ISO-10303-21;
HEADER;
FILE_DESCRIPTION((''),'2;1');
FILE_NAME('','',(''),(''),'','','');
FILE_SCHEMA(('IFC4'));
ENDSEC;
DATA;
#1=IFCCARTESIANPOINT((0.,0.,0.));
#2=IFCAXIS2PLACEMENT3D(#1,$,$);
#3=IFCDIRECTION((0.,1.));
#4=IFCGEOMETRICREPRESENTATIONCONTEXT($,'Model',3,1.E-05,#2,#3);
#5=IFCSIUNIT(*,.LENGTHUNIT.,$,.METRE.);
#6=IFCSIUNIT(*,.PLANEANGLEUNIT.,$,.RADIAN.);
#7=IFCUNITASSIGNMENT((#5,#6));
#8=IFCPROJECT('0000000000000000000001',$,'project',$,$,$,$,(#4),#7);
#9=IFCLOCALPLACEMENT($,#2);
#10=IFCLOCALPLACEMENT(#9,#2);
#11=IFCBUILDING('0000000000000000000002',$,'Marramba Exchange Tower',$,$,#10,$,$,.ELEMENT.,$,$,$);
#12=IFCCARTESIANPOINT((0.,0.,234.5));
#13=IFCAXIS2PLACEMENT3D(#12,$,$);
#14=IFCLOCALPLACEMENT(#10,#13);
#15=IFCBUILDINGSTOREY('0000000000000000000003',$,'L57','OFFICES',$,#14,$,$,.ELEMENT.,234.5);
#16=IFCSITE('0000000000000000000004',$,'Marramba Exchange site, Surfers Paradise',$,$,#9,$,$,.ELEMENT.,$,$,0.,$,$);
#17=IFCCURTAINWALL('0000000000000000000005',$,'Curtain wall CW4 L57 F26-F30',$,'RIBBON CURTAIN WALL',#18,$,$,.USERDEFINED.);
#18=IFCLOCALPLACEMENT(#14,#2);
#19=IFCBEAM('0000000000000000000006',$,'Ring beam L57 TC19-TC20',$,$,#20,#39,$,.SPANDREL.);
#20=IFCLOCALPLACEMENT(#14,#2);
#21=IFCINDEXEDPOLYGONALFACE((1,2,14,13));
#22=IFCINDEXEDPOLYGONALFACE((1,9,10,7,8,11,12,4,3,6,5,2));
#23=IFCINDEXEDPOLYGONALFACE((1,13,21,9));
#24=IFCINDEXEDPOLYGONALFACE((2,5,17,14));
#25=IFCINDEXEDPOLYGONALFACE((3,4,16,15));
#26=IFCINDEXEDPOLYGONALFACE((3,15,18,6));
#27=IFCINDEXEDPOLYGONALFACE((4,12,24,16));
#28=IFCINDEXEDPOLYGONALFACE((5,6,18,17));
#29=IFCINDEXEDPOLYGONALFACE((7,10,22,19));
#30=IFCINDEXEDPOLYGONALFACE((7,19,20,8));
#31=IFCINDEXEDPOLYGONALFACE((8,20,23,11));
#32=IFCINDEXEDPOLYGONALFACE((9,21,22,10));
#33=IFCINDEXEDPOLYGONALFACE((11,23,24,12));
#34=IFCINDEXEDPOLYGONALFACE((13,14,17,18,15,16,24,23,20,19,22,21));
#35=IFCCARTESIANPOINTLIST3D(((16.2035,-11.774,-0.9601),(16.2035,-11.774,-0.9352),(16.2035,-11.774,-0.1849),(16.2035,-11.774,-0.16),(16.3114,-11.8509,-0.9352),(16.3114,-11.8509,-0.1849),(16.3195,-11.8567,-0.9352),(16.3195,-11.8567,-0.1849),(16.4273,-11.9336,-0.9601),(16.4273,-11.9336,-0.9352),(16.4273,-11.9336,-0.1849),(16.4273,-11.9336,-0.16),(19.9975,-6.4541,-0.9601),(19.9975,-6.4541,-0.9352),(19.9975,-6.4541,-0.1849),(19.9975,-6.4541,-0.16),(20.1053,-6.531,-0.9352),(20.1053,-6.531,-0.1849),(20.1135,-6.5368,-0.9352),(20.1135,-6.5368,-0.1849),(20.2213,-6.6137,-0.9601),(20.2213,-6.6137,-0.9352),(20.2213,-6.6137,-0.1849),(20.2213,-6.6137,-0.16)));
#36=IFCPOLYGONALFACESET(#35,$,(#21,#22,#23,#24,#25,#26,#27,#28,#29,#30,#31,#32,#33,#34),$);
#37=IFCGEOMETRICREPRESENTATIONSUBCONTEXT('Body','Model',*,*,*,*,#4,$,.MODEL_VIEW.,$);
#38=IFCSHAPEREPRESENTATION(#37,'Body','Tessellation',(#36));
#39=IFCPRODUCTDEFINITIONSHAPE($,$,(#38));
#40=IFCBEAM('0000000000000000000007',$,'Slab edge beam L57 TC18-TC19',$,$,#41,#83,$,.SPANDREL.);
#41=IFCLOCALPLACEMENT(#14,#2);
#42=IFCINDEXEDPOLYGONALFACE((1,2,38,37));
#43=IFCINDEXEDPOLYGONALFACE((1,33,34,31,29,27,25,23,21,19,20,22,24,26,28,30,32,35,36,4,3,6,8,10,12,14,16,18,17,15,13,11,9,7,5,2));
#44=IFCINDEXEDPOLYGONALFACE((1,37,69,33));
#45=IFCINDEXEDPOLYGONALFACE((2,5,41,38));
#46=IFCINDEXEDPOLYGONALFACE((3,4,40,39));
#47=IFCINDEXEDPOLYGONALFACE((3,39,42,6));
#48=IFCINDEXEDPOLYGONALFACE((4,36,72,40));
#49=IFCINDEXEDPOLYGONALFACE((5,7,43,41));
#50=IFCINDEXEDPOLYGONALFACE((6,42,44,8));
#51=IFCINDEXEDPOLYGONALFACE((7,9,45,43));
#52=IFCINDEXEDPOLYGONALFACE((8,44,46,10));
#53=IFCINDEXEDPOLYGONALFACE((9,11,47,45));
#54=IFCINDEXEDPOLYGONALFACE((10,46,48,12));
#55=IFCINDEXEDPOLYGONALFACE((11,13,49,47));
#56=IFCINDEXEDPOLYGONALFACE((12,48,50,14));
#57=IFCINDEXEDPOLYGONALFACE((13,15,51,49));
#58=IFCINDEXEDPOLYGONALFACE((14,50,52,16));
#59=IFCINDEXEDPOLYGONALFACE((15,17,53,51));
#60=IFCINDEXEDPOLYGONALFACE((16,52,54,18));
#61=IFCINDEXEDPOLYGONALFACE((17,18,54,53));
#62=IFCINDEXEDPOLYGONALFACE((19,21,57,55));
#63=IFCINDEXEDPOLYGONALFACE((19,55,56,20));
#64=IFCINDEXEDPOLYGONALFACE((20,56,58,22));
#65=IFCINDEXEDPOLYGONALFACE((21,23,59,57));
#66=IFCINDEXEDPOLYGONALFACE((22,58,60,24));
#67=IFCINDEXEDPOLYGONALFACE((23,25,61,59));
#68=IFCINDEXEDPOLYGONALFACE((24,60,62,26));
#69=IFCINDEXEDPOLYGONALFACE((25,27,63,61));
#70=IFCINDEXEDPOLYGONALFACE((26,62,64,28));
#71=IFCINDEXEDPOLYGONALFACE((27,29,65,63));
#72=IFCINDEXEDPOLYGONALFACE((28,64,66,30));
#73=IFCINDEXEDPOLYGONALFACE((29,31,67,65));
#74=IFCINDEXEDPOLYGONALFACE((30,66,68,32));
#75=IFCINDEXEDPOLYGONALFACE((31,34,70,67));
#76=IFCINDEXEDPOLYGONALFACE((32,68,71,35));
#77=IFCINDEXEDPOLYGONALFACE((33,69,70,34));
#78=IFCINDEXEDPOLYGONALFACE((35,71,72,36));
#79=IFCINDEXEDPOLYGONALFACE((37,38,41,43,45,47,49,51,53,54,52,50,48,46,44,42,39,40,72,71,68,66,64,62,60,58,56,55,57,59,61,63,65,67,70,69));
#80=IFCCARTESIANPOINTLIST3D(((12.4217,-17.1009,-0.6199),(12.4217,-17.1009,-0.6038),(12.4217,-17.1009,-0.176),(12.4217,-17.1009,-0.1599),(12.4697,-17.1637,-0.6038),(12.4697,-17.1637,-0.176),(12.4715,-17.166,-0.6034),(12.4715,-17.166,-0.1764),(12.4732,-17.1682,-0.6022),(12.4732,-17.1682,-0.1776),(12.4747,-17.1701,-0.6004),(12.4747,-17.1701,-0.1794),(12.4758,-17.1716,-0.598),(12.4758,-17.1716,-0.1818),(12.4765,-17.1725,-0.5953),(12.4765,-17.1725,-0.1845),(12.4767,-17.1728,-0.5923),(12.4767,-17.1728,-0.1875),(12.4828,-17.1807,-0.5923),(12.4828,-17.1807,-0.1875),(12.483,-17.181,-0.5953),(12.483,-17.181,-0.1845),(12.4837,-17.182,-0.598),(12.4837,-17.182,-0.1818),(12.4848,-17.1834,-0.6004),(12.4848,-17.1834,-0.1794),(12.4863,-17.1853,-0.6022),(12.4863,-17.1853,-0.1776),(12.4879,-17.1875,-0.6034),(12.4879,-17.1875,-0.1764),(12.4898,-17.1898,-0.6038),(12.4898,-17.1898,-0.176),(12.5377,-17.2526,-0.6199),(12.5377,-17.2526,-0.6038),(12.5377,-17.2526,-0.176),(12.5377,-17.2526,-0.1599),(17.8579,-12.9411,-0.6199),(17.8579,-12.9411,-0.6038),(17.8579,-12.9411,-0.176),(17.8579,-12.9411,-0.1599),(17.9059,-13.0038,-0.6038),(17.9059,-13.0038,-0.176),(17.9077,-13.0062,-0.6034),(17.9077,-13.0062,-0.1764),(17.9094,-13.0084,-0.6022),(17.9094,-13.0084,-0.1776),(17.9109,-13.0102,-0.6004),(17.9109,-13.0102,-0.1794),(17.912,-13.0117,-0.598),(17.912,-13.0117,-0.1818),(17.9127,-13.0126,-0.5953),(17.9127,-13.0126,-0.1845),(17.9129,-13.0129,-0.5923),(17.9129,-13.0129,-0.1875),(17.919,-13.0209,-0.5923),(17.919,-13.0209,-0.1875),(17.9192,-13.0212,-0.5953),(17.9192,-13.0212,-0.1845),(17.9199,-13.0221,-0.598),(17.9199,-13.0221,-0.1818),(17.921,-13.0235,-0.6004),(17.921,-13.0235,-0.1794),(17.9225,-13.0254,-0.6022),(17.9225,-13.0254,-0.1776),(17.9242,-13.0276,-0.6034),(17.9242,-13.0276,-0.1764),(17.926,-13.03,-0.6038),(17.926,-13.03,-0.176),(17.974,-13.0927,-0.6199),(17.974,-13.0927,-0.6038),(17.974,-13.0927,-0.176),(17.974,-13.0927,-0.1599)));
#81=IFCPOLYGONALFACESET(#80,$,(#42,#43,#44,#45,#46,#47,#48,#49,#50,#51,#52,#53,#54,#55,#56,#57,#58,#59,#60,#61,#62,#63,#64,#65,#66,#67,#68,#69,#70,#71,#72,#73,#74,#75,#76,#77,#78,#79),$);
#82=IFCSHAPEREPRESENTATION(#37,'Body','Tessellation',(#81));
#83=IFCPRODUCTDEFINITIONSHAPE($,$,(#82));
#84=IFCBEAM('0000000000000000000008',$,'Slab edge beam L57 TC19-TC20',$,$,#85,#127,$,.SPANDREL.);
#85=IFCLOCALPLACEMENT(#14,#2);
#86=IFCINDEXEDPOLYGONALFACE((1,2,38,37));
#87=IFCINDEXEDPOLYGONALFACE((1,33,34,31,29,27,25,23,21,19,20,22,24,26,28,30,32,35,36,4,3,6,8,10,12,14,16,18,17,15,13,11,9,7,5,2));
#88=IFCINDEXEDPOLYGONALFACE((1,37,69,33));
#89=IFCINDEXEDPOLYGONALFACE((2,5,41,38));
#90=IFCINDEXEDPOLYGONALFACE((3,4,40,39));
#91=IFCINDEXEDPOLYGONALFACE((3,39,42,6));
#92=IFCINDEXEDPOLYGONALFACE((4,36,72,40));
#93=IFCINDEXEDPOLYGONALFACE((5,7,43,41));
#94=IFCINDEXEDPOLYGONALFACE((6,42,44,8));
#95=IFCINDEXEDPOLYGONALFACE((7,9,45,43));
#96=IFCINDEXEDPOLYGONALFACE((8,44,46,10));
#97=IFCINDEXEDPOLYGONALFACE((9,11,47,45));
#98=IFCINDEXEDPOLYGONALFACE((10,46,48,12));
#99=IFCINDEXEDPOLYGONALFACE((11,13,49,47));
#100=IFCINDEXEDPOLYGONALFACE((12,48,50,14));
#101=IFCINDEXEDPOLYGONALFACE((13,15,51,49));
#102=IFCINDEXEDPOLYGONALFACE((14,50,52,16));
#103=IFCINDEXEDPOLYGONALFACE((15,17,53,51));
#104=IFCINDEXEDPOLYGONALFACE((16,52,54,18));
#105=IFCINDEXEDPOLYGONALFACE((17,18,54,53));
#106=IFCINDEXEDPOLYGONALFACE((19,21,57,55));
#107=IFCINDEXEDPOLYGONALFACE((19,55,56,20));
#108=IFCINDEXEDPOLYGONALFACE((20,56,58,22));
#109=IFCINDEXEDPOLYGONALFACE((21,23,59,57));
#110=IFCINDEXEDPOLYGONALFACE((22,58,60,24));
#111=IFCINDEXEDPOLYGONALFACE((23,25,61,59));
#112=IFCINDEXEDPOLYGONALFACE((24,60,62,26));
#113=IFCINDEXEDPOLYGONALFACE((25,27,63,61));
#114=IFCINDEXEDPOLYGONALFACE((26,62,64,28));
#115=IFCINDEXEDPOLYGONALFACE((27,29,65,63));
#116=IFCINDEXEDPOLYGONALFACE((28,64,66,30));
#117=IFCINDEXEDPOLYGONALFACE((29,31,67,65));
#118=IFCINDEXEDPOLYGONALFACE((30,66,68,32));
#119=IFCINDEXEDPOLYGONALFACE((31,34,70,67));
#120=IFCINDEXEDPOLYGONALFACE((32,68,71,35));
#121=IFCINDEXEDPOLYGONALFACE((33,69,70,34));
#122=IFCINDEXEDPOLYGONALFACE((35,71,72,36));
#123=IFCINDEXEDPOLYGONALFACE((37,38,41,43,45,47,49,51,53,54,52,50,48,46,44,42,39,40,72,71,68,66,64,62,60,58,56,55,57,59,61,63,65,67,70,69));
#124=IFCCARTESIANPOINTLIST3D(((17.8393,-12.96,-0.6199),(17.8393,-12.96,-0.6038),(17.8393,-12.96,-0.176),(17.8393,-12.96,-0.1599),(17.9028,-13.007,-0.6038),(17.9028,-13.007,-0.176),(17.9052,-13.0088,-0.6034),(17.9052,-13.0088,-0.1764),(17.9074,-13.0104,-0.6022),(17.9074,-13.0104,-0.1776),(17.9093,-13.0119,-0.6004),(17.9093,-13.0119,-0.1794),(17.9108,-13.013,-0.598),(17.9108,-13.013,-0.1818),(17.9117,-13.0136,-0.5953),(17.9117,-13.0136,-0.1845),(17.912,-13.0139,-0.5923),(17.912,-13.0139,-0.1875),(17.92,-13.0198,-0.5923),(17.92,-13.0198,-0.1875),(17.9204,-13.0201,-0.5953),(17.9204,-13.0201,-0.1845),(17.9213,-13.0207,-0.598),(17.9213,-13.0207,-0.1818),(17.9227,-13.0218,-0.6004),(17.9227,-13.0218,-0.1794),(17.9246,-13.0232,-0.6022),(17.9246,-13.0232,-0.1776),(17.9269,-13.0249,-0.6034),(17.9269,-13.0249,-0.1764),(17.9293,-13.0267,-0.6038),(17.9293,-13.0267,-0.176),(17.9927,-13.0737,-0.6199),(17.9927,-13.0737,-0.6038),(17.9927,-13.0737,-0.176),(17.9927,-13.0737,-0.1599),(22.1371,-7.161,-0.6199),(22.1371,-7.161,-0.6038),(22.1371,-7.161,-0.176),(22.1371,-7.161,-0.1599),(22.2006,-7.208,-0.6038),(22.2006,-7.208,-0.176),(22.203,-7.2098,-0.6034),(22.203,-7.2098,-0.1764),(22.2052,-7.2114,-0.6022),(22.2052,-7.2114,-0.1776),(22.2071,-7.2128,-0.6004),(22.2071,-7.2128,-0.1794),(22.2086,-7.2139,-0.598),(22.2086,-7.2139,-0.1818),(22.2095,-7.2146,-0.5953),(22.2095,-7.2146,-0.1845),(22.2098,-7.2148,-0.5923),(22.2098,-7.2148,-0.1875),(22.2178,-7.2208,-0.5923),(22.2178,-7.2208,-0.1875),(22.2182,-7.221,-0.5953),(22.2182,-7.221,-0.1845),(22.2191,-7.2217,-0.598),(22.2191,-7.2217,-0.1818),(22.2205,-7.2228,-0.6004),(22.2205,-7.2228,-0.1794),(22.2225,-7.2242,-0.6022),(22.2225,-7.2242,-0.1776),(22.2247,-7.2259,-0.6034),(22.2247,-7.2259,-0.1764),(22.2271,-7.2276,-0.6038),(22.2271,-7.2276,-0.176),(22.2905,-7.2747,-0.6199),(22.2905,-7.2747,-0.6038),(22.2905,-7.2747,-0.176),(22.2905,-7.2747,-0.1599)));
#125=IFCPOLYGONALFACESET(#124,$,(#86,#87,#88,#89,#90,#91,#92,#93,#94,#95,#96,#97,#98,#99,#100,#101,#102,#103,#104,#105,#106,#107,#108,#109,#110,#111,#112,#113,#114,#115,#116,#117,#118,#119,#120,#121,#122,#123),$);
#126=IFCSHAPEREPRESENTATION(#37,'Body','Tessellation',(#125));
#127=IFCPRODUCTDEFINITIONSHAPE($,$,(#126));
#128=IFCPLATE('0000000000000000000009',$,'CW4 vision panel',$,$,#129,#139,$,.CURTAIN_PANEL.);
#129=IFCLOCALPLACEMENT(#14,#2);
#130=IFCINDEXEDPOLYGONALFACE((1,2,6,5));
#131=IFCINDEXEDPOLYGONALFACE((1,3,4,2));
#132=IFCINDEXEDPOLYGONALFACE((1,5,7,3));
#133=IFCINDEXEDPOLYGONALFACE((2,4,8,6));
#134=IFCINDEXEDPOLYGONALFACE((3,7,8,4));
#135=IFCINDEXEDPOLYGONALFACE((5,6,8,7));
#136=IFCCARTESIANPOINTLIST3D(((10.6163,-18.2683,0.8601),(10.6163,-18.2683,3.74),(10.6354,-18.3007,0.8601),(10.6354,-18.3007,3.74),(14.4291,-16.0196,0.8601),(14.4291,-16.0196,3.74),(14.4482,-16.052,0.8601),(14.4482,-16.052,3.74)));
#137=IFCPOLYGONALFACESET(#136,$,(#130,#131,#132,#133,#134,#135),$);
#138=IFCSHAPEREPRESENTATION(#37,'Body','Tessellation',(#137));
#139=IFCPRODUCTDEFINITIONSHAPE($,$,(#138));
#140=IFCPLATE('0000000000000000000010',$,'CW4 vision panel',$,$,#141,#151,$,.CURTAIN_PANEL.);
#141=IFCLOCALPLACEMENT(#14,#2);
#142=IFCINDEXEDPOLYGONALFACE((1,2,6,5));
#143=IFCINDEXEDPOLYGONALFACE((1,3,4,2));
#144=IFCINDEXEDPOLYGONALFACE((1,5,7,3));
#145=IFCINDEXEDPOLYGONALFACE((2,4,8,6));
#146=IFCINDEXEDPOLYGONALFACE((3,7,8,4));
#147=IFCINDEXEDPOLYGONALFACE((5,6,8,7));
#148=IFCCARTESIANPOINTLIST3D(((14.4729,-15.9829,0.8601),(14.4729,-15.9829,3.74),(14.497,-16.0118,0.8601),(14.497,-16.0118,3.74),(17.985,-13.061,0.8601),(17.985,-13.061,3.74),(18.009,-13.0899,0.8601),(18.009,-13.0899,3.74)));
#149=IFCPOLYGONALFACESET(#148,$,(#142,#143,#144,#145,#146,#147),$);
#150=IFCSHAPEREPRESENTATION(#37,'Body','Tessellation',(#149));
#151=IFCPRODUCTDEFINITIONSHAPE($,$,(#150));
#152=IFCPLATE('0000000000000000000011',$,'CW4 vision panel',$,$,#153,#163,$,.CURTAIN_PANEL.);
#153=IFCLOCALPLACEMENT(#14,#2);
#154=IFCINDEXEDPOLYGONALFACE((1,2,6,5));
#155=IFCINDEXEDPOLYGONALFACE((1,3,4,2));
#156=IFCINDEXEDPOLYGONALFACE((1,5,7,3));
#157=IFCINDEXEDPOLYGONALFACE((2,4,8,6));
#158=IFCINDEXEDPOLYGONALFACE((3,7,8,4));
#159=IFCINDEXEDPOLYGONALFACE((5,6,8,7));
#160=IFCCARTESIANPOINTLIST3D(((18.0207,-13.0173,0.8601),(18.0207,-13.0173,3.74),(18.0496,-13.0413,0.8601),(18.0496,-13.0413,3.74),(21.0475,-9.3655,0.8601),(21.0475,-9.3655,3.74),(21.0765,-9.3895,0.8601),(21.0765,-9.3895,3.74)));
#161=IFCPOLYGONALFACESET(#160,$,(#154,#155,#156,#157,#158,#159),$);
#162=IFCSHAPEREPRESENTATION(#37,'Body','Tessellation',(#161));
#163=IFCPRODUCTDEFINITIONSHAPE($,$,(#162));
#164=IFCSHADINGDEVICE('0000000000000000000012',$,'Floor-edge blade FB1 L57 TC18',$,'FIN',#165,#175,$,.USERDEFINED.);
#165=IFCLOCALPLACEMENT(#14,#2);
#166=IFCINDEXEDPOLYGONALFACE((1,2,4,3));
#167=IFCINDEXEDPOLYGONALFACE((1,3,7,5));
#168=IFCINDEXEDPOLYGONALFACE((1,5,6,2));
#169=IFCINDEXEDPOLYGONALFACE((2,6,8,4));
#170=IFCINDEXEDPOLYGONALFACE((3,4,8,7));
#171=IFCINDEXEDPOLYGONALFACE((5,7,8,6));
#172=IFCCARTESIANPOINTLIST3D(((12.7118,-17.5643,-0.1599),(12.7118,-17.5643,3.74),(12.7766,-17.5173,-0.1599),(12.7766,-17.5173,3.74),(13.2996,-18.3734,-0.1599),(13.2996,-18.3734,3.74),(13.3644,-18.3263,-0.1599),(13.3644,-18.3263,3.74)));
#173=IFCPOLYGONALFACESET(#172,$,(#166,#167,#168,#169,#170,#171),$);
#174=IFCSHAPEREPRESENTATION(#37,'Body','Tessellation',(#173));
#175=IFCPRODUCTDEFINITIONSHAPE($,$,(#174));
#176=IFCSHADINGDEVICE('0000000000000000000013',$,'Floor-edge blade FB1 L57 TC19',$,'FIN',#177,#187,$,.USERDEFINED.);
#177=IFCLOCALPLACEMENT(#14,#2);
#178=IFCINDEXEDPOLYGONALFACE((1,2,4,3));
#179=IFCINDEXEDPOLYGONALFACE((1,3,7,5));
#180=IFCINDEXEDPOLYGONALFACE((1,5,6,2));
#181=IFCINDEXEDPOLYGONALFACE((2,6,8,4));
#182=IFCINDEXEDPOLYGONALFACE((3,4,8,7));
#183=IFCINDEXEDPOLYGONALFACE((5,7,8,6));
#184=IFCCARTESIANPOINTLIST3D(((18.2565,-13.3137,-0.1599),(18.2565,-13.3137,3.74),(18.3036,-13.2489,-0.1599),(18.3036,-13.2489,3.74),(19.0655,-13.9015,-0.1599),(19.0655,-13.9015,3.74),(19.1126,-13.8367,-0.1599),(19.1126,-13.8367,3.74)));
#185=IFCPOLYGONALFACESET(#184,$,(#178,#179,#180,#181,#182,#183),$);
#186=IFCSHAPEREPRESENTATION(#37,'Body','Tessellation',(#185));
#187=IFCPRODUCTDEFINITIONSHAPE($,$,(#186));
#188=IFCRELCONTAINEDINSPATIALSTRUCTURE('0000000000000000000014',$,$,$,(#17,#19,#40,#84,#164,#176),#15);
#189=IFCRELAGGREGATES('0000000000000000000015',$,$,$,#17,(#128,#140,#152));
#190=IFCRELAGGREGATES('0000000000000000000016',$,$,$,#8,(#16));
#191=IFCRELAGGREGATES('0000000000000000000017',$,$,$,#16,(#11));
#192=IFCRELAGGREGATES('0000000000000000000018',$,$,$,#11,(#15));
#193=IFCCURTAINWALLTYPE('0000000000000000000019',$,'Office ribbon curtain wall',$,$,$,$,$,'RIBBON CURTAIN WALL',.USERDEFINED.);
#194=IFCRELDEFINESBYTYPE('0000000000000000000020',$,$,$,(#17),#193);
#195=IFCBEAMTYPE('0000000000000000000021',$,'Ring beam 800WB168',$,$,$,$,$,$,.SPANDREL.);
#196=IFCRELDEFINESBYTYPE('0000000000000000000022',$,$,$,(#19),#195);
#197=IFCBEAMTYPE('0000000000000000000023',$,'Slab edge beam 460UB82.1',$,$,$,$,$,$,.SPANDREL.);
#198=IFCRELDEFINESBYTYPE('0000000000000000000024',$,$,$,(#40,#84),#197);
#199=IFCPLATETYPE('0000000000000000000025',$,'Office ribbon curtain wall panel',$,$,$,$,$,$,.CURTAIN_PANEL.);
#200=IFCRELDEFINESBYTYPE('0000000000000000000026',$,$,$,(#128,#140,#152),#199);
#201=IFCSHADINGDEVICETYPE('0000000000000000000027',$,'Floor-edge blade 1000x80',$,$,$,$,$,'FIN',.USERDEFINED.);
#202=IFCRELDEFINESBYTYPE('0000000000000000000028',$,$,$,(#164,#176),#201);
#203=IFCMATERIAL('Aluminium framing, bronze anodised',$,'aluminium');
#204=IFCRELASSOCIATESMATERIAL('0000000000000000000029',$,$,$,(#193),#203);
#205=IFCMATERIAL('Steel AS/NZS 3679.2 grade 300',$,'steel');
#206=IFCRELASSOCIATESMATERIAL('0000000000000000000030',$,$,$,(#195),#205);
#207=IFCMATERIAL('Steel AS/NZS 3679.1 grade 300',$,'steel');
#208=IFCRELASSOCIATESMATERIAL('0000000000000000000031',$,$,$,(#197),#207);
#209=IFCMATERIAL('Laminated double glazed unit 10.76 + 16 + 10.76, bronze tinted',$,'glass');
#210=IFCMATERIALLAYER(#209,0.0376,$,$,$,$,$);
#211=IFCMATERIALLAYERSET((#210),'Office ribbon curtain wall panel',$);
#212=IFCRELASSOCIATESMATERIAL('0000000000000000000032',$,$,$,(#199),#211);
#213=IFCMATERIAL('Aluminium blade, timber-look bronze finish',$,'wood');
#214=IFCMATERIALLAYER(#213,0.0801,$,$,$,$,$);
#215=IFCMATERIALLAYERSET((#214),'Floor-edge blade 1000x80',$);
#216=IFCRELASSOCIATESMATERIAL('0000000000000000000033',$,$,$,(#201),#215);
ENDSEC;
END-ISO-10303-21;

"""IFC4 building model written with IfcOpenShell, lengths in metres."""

from ifc_helpers import new_model, si_unit, direction, frame, origin, origin_2d, place, context, subcontext, project, spatial, rectangle, i_section, extrude, material, layer, layer_set, material_profile, profile_set, type_object, element, aggregate, save


model = new_model("IFC4")

# Units and contexts
model_context = context("Model", 3, precision=1e-05, world=origin(), true_north=direction((0.0, 1.0)))
body_context = subcontext(model_context, "Body", "Model", "MODEL_VIEW")
ifc_project = project(units=[si_unit("LENGTHUNIT", "METRE"), si_unit("PLANEANGLEUNIT", "RADIAN")], contexts=[model_context])

# Site, building, storey
site_placement = place(None, origin())
site = spatial("IfcSite", under=ifc_project, at=site_placement, Name="Marramba Exchange site, Surfers Paradise", CompositionType="ELEMENT", RefElevation=0.0)
building_placement = place(site_placement, origin())
building = spatial("IfcBuilding", under=site, at=building_placement, Name="Marramba Exchange Tower", CompositionType="ELEMENT")
storey_placement = place(building_placement, frame((0.0, 0.0, 234.5)))
storey = spatial("IfcBuildingStorey", under=building, at=storey_placement, Name="L57", Description="OFFICES", CompositionType="ELEMENT", Elevation=234.5)

# Shared definitions
ifc_material_1 = material(Name="Steel AS/NZS 3679.2 grade 300", Category="steel")

# Curtain wall
ifc_material_2 = material(Name="Aluminium framing, bronze anodised", Category="aluminium")
curtain_wall_type = type_object("IfcCurtainWallType", Name="Office ribbon curtain wall", ElementType="RIBBON CURTAIN WALL", PredefinedType="USERDEFINED", material=ifc_material_2)
curtain_wall_placement = place(storey_placement, origin())
curtain_wall = element("IfcCurtainWall", 1, at=curtain_wall_placement, inside=storey, type_object=curtain_wall_type, Name="Curtain wall CW4 L57 F26-F30", ObjectType="RIBBON CURTAIN WALL", PredefinedType="USERDEFINED")

# Beams
ifc_material_profile_1 = material_profile(ifc_material_1, i_section(OverallWidth=0.2749, OverallDepth=0.8, WebThickness=0.01, FlangeThickness=0.0249, at=origin_2d()), Name="800WB168")
ifc_profile_set_1 = profile_set([ifc_material_profile_1], Name="Steel AS/NZS 3679.2 grade 300")
beam_type_1 = type_object("IfcBeamType", Name="Ring beam 800WB168", PredefinedType="SPANDREL", material=ifc_profile_set_1)
beam_1_placement = place(storey_placement, frame((16.3154, -11.8538, -0.5601), z_axis=(0.580637, 0.814162, 0.0), x_axis=(-0.814162, 0.580637, 0.0)))
element("IfcBeam", 2, at=beam_1_placement, inside=storey, type_object=beam_type_1, Name="Ring beam L57 TC19-TC20", PredefinedType="SPANDREL", context=body_context, shape_type="SweptSolid", body=[
    extrude(i_section(OverallWidth=0.2749, OverallDepth=0.8, WebThickness=0.01, FlangeThickness=0.0249, at=origin_2d()), origin(), (0.0, 0.0, 1.0), 6.5342),
])
ifc_material_3 = material(Name="Steel AS/NZS 3679.1 grade 300", Category="steel")
ifc_material_profile_2 = material_profile(ifc_material_3, i_section(OverallWidth=0.1909, OverallDepth=0.46, WebThickness=0.01, FlangeThickness=0.0161, FilletRadius=0.0115, at=origin_2d()), Name="460UB82.1")
ifc_profile_set_2 = profile_set([ifc_material_profile_2], Name="Steel AS/NZS 3679.1 grade 300")
beam_type_2 = type_object("IfcBeamType", Name="Slab edge beam 460UB82.1", PredefinedType="SPANDREL", material=ifc_profile_set_2)
beam_2_placement = place(storey_placement, frame((12.4797, -17.1768, -0.3899), z_axis=(0.794163, 0.607704, 0.0), x_axis=(-0.607704, 0.794163, 0.0)))
element("IfcBeam", 3, at=beam_2_placement, inside=storey, type_object=beam_type_2, Name="Slab edge beam L57 TC18-TC19", PredefinedType="SPANDREL", context=body_context, shape_type="SweptSolid", body=[
    extrude(i_section(OverallWidth=0.1909, OverallDepth=0.46, WebThickness=0.01, FlangeThickness=0.0161, FilletRadius=0.0115, at=origin_2d()), origin(), (0.0, 0.0, 1.0), 6.8452),
])
beam_3_placement = place(storey_placement, frame((17.916, -13.0168, -0.3899), z_axis=(0.595428, 0.803409, 0.0), x_axis=(-0.803409, 0.595428, 0.0)))
element("IfcBeam", 4, at=beam_3_placement, inside=storey, type_object=beam_type_2, Name="Slab edge beam L57 TC19-TC20", PredefinedType="SPANDREL", context=body_context, shape_type="SweptSolid", body=[
    extrude(i_section(OverallWidth=0.1909, OverallDepth=0.46, WebThickness=0.01, FlangeThickness=0.0161, FilletRadius=0.0115, at=origin_2d()), origin(), (0.0, 0.0, 1.0), 7.218),
])

# Plates
ifc_material_4 = material(Name="Laminated double glazed unit 10.76 + 16 + 10.76, bronze tinted", Category="glass")
ifc_layer_1 = layer(ifc_material_4, 0.0376)
ifc_layer_set_1 = layer_set([ifc_layer_1], Name="Office ribbon curtain wall panel")
plate_type = type_object("IfcPlateType", Name="Office ribbon curtain wall panel", PredefinedType="CURTAIN_PANEL", material=ifc_layer_set_1)
plate_1_placement = place(storey_placement, frame((12.5322, -17.1602, 0.8601), z_axis=(0.0, 0.0, 1.0), x_axis=(0.861351, 0.508011, 0.0)))
plate_1 = element("IfcPlate", 5, at=plate_1_placement, type_object=plate_type, Name="CW4 vision panel", PredefinedType="CURTAIN_PANEL", context=body_context, shape_type="SweptSolid", body=[
    extrude(rectangle(XDim=4.4265, YDim=0.0376, at=origin_2d()), origin(), (0.0, 0.0, 1.0), 2.8799),
])
plate_2_placement = place(storey_placement, frame((16.241, -14.5364, 0.8601), z_axis=(0.0, 0.0, 1.0), x_axis=(0.768737, 0.639565, 0.0)))
plate_2 = element("IfcPlate", 6, at=plate_2_placement, type_object=plate_type, Name="CW4 vision panel", PredefinedType="CURTAIN_PANEL", context=body_context, shape_type="SweptSolid", body=[
    extrude(rectangle(XDim=4.5686, YDim=0.0376, at=origin_2d()), origin(), (0.0, 0.0, 1.0), 2.8799),
])
plate_3_placement = place(storey_placement, frame((19.5486, -11.2034, 0.8601), z_axis=(0.0, 0.0, 1.0), x_axis=(0.63815, 0.769912, 0.0)))
plate_3 = element("IfcPlate", 7, at=plate_3_placement, type_object=plate_type, Name="CW4 vision panel", PredefinedType="CURTAIN_PANEL", context=body_context, shape_type="SweptSolid", body=[
    extrude(rectangle(XDim=4.7432, YDim=0.0376, at=origin_2d()), origin(), (0.0, 0.0, 1.0), 2.8799),
])
aggregate(curtain_wall, [plate_1, plate_2, plate_3])

# Shading devices
ifc_material_5 = material(Name="Aluminium blade, timber-look bronze finish", Category="wood")
ifc_layer_2 = layer(ifc_material_5, 0.0801)
ifc_layer_set_2 = layer_set([ifc_layer_2], Name="Floor-edge blade 1000x80")
shading_device_type_1 = type_object("IfcShadingDeviceType", Name="Floor-edge blade 1000x80", ElementType="FIN", PredefinedType="USERDEFINED", material=ifc_layer_set_2)
for number, where, z_axis, x_axis, name in (
    (8, (13.0381, -17.9453, -0.1599), (0.0, 0.0, 1.0), (0.587785, -0.809017, 0.0), "Floor-edge blade FB1 L57 TC18"),
    (9, (18.6846, -13.5752, -0.1599), (0.0, 0.0, 1.0), (0.809017, -0.587785, 0.0), "Floor-edge blade FB1 L57 TC19"),
):
    element("IfcShadingDevice", number, at=place(storey_placement, frame(where, z_axis=z_axis, x_axis=x_axis)), inside=storey, type_object=shading_device_type_1, Name=name, ObjectType="FIN", PredefinedType="USERDEFINED", context=body_context, shape_type="SweptSolid", body=[
        extrude(rectangle(XDim=1.0, YDim=0.0801, at=origin_2d()), origin(), (0.0, 0.0, 1.0), 3.8999),
    ])

save(model, "model.ifc")
